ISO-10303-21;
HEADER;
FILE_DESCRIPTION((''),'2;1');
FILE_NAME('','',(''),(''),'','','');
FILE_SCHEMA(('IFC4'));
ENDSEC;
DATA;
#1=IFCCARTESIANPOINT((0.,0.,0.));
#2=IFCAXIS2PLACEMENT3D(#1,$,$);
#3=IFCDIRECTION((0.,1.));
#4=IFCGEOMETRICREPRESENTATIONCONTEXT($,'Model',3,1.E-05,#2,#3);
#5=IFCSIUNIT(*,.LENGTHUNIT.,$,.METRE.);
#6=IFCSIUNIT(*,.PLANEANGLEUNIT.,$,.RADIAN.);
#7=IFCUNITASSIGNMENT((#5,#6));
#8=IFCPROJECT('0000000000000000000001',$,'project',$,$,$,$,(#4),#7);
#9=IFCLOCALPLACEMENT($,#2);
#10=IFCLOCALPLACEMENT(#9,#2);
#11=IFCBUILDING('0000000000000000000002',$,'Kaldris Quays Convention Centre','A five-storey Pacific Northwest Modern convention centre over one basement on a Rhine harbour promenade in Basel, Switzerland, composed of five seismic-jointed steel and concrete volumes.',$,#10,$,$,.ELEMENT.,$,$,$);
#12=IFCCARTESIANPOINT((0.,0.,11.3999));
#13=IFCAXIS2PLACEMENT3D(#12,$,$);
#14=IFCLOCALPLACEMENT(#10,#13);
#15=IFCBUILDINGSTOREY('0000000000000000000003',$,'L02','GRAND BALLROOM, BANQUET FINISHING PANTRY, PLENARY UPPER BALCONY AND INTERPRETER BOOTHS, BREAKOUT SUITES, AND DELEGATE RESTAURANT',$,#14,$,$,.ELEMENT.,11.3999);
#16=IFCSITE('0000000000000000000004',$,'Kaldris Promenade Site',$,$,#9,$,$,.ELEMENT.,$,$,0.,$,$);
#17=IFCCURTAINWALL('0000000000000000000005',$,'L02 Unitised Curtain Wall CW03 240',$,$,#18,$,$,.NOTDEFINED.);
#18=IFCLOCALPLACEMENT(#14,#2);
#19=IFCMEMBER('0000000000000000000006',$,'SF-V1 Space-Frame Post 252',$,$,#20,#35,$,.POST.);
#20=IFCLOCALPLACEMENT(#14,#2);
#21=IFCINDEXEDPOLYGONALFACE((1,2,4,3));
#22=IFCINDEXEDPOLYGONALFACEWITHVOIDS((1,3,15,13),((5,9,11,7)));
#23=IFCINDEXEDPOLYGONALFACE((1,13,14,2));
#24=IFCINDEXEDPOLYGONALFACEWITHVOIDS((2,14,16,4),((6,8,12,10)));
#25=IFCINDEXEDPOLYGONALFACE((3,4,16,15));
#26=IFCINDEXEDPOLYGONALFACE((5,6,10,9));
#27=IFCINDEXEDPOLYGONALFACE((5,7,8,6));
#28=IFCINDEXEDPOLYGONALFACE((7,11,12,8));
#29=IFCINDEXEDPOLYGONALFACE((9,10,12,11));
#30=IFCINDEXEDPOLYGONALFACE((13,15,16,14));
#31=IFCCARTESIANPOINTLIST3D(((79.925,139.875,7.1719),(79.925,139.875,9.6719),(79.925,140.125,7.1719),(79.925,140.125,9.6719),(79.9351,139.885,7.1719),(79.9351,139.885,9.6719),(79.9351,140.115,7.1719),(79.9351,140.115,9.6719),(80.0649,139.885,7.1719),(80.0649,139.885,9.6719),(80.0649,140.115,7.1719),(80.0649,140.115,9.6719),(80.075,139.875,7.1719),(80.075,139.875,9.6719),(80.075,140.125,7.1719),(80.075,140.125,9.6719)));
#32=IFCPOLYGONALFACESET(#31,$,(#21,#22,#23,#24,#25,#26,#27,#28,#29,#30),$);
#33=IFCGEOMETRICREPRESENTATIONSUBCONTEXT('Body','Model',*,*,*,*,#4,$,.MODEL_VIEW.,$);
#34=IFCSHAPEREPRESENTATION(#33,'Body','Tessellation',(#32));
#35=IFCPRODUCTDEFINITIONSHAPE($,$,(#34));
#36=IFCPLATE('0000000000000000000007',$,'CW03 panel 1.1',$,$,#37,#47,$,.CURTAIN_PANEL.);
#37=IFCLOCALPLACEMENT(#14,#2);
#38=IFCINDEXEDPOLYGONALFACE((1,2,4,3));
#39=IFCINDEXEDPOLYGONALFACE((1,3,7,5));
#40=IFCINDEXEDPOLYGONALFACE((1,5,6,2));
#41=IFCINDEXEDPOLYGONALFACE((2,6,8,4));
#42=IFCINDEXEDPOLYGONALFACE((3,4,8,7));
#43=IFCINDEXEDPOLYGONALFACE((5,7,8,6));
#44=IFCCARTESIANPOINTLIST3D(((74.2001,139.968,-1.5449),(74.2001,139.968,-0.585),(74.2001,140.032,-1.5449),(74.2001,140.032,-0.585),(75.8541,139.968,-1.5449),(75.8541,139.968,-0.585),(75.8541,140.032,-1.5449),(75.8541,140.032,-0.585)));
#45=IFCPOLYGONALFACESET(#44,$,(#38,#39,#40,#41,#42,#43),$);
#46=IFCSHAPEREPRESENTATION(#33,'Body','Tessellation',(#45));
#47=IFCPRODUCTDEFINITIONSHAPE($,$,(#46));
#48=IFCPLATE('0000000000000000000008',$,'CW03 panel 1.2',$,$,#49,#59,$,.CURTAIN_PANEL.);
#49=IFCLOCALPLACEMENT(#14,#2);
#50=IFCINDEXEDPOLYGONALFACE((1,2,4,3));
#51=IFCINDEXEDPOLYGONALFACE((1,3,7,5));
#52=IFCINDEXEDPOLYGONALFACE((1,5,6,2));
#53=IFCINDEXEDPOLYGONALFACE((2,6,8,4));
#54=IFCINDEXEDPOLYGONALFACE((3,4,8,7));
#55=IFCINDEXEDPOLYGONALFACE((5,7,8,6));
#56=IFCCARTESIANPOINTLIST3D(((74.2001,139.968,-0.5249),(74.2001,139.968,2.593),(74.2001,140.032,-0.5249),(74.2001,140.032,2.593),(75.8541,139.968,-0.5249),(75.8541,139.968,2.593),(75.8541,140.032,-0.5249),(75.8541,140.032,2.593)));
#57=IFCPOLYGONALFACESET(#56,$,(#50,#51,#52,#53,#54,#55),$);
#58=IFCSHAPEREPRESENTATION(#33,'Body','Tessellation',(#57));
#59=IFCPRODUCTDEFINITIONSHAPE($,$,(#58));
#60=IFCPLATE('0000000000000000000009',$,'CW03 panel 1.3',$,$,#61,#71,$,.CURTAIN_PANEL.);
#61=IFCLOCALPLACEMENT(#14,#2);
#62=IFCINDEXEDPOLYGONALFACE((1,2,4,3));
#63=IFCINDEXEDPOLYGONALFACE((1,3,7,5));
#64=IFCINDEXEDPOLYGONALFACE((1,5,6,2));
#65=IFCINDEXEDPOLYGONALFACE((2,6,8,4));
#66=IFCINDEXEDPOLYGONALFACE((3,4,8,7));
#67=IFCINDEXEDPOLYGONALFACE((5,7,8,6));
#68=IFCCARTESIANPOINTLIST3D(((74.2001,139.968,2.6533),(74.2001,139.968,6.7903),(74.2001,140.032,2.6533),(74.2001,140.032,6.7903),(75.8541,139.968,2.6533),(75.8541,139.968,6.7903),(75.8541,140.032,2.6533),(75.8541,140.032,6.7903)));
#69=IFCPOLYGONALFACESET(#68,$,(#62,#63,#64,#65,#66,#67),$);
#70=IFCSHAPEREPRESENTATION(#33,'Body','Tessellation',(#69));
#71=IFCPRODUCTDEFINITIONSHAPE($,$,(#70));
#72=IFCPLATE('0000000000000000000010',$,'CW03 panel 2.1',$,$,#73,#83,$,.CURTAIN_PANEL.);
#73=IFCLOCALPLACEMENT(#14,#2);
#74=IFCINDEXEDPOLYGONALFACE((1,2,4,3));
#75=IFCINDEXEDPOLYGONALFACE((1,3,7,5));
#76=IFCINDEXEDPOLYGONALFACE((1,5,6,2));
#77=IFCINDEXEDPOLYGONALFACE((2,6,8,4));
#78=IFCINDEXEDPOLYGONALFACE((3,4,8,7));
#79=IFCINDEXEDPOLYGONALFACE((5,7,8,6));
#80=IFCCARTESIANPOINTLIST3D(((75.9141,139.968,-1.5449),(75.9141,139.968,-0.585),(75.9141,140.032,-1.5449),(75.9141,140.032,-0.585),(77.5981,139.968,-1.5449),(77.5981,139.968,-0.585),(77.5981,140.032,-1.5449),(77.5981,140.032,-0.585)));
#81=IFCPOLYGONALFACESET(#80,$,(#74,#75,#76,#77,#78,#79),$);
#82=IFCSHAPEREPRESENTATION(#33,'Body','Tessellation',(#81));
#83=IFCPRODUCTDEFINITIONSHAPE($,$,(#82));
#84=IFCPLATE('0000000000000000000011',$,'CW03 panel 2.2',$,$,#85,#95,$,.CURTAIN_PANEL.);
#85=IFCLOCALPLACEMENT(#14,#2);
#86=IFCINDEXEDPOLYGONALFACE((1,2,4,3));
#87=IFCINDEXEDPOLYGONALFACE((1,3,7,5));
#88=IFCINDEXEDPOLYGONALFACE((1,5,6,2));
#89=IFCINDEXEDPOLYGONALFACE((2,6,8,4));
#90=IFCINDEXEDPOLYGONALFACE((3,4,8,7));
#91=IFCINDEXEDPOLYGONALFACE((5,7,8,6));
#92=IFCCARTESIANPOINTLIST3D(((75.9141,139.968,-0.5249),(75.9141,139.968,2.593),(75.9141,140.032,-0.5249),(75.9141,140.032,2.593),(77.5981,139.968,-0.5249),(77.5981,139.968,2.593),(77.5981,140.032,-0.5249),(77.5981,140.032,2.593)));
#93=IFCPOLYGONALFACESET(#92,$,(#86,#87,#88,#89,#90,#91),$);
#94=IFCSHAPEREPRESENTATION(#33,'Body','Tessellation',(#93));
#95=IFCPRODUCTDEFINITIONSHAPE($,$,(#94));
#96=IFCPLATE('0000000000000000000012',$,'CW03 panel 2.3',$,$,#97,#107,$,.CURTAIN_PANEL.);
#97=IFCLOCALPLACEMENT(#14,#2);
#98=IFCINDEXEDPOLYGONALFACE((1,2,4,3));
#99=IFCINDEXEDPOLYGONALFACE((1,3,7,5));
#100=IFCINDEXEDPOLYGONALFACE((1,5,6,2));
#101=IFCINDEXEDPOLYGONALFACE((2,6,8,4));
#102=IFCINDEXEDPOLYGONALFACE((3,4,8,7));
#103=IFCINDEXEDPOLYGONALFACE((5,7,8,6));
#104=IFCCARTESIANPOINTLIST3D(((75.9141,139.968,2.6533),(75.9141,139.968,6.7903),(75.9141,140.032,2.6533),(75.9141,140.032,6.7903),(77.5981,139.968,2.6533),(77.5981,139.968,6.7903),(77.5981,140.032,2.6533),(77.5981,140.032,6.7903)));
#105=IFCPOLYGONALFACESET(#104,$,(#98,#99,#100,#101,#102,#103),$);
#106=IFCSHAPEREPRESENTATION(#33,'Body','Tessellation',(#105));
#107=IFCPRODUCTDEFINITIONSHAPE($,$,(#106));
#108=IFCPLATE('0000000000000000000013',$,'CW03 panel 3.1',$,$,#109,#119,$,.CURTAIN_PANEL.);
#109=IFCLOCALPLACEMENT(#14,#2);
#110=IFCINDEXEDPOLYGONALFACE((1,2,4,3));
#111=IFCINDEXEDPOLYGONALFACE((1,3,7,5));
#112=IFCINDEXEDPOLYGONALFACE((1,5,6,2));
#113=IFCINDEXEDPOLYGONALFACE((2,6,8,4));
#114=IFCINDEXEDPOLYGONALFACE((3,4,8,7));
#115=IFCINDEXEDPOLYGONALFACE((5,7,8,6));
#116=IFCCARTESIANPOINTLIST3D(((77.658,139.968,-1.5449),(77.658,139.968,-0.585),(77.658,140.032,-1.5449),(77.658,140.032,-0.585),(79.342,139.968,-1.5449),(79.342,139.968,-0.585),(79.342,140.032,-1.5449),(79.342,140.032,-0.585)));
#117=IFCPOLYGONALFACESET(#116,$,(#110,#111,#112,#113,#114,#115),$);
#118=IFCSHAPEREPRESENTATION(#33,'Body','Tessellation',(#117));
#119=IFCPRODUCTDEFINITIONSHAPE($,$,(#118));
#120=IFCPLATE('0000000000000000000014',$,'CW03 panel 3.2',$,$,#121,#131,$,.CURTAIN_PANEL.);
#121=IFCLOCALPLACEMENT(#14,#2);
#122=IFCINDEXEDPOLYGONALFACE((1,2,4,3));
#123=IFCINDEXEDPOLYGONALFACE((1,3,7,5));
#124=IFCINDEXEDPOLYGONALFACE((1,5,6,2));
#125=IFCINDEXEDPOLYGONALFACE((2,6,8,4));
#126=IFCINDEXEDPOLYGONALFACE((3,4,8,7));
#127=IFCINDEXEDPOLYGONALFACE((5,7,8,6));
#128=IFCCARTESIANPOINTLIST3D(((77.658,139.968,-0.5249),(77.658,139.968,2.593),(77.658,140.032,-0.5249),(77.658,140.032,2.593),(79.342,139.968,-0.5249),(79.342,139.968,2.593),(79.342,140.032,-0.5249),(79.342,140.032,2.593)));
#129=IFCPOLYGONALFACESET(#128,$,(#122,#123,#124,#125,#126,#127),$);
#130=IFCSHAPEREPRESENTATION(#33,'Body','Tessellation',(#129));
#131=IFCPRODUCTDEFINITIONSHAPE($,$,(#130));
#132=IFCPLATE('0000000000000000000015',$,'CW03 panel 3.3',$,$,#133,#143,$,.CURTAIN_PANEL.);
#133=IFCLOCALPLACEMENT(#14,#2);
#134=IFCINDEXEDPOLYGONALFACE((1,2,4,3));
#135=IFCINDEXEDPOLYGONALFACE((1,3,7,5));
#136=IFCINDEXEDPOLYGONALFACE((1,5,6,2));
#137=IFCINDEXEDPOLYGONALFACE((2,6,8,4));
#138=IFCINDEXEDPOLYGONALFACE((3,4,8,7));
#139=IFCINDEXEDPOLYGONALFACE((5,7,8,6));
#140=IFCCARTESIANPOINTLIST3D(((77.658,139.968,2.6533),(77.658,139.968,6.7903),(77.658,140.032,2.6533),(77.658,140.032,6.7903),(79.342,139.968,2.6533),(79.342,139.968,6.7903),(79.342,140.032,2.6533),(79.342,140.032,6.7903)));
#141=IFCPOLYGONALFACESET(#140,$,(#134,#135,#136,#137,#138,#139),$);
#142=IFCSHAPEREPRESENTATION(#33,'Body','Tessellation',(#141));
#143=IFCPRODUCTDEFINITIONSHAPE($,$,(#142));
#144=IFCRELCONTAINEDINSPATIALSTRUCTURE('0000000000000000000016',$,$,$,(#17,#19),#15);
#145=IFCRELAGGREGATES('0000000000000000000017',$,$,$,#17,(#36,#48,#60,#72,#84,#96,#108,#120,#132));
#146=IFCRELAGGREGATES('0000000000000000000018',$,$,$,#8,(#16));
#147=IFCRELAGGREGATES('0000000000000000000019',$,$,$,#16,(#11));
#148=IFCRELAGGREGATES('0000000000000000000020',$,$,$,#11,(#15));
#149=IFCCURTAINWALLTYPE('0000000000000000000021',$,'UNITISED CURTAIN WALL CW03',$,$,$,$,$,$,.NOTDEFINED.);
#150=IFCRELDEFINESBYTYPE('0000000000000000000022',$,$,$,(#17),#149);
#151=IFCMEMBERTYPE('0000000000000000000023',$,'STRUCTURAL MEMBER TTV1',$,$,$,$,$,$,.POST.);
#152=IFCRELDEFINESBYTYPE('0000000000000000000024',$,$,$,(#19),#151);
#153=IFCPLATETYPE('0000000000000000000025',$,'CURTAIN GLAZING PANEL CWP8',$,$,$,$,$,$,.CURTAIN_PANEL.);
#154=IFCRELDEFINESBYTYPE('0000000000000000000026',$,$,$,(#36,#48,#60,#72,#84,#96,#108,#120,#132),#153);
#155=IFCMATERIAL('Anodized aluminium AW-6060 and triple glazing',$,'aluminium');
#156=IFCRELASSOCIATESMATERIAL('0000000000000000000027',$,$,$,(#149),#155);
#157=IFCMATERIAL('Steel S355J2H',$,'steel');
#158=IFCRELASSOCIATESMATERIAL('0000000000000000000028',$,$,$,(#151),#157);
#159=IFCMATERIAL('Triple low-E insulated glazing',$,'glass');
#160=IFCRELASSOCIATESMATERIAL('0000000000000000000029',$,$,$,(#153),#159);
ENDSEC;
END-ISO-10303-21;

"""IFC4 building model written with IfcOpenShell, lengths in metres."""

from ifc_helpers import new_model, si_unit, direction, frame, origin, origin_2d, place, context, subcontext, project, spatial, rectangle, hollow_rectangle, extrude, material, material_profile, profile_set, type_object, element, aggregate, save


model = new_model("IFC4")

# Units and contexts
model_context = context("Model", 3, precision=1e-05, world=origin(), true_north=direction((0.0, 1.0)))
body_context = subcontext(model_context, "Body", "Model", "MODEL_VIEW")
ifc_project = project(units=[si_unit("LENGTHUNIT", "METRE"), si_unit("PLANEANGLEUNIT", "RADIAN")], contexts=[model_context])

# Site, building, storey
site_placement = place(None, origin())
site = spatial("IfcSite", under=ifc_project, at=site_placement, Name="Kaldris Promenade Site", CompositionType="ELEMENT", RefElevation=0.0)
building_placement = place(site_placement, origin())
building = spatial("IfcBuilding", under=site, at=building_placement, Name="Kaldris Quays Convention Centre", Description="A five-storey Pacific Northwest Modern convention centre over one basement on a Rhine harbour promenade in Basel, Switzerland, composed of five seismic-jointed steel and concrete volumes.", CompositionType="ELEMENT")
storey_placement = place(building_placement, frame((0.0, 0.0, 11.3999)))
storey = spatial("IfcBuildingStorey", under=building, at=storey_placement, Name="L02", Description="GRAND BALLROOM, BANQUET FINISHING PANTRY, PLENARY UPPER BALCONY AND INTERPRETER BOOTHS, BREAKOUT SUITES, AND DELEGATE RESTAURANT", CompositionType="ELEMENT", Elevation=11.3999)

# Curtain wall
ifc_material_1 = material(Name="Anodized aluminium AW-6060 and triple glazing", Category="aluminium")
curtain_wall_type = type_object("IfcCurtainWallType", Name="UNITISED CURTAIN WALL CW03", PredefinedType="NOTDEFINED", material=ifc_material_1)
curtain_wall_placement = place(storey_placement, origin())
curtain_wall = element("IfcCurtainWall", 1, at=curtain_wall_placement, inside=storey, type_object=curtain_wall_type, Name="L02 Unitised Curtain Wall CW03 240", PredefinedType="NOTDEFINED")

# Member
ifc_material_2 = material(Name="Steel S355J2H", Category="steel")
ifc_material_profile_1 = material_profile(ifc_material_2, hollow_rectangle(XDim=0.1499, YDim=0.25, WallThickness=0.01, at=origin_2d()), Name="RHS 250x150x10")
ifc_profile_set_1 = profile_set([ifc_material_profile_1], Name="Steel S355J2H")
member_type_1 = type_object("IfcMemberType", Name="STRUCTURAL MEMBER TTV1", PredefinedType="POST", material=ifc_profile_set_1)
for number, where, z_axis, x_axis, name in (
    (2, (80.0, 140.0, 7.1719), (0.0, 0.0, 1.0), (1.0, 0.0, 0.0), "SF-V1 Space-Frame Post 252"),
):
    element("IfcMember", number, at=place(storey_placement, frame(where, z_axis=z_axis, x_axis=x_axis)), inside=storey, type_object=member_type_1, Name=name, PredefinedType="POST", context=body_context, shape_type="SweptSolid", body=[
        extrude(hollow_rectangle(XDim=0.1499, YDim=0.25, WallThickness=0.01, at=origin_2d()), origin(), (0.0, 0.0, 1.0), 2.5),
    ])

# Plates
ifc_material_3 = material(Name="Triple low-E insulated glazing", Category="glass")
plate_type = type_object("IfcPlateType", Name="CURTAIN GLAZING PANEL CWP8", PredefinedType="CURTAIN_PANEL", material=ifc_material_3)
plate_1_placement = place(storey_placement, frame((75.0271, 140.0, -1.5449), z_axis=(0.0, 0.0, 1.0), x_axis=(1.0, 0.0, 0.0)))
plate_1 = element("IfcPlate", 3, at=plate_1_placement, type_object=plate_type, Name="CW03 panel 1.1", PredefinedType="CURTAIN_PANEL", context=body_context, shape_type="SweptSolid", body=[
    extrude(rectangle(XDim=1.6541, YDim=0.064, at=origin_2d()), origin(), (0.0, 0.0, 1.0), 0.96),
])
plate_2_placement = place(storey_placement, frame((75.0271, 140.0, -0.5249), z_axis=(0.0, 0.0, 1.0), x_axis=(1.0, 0.0, 0.0)))
plate_2 = element("IfcPlate", 4, at=plate_2_placement, type_object=plate_type, Name="CW03 panel 1.2", PredefinedType="CURTAIN_PANEL", context=body_context, shape_type="SweptSolid", body=[
    extrude(rectangle(XDim=1.6541, YDim=0.064, at=origin_2d()), origin(), (0.0, 0.0, 1.0), 3.1179),
])
plate_3_placement = place(storey_placement, frame((75.0271, 140.0, 2.6533), z_axis=(0.0, 0.0, 1.0), x_axis=(1.0, 0.0, 0.0)))
plate_3 = element("IfcPlate", 5, at=plate_3_placement, type_object=plate_type, Name="CW03 panel 1.3", PredefinedType="CURTAIN_PANEL", context=body_context, shape_type="SweptSolid", body=[
    extrude(rectangle(XDim=1.6541, YDim=0.064, at=origin_2d()), origin(), (0.0, 0.0, 1.0), 4.137),
])
plate_4_placement = place(storey_placement, frame((76.7561, 140.0, -1.5449), z_axis=(0.0, 0.0, 1.0), x_axis=(1.0, 0.0, 0.0)))
plate_4 = element("IfcPlate", 6, at=plate_4_placement, type_object=plate_type, Name="CW03 panel 2.1", PredefinedType="CURTAIN_PANEL", context=body_context, shape_type="SweptSolid", body=[
    extrude(rectangle(XDim=1.6841, YDim=0.064, at=origin_2d()), origin(), (0.0, 0.0, 1.0), 0.96),
])
plate_5_placement = place(storey_placement, frame((76.7561, 140.0, -0.5249), z_axis=(0.0, 0.0, 1.0), x_axis=(1.0, 0.0, 0.0)))
plate_5 = element("IfcPlate", 7, at=plate_5_placement, type_object=plate_type, Name="CW03 panel 2.2", PredefinedType="CURTAIN_PANEL", context=body_context, shape_type="SweptSolid", body=[
    extrude(rectangle(XDim=1.6841, YDim=0.064, at=origin_2d()), origin(), (0.0, 0.0, 1.0), 3.1179),
])
plate_6_placement = place(storey_placement, frame((76.7561, 140.0, 2.6533), z_axis=(0.0, 0.0, 1.0), x_axis=(1.0, 0.0, 0.0)))
plate_6 = element("IfcPlate", 8, at=plate_6_placement, type_object=plate_type, Name="CW03 panel 2.3", PredefinedType="CURTAIN_PANEL", context=body_context, shape_type="SweptSolid", body=[
    extrude(rectangle(XDim=1.6841, YDim=0.064, at=origin_2d()), origin(), (0.0, 0.0, 1.0), 4.137),
])
plate_7_placement = place(storey_placement, frame((78.5, 140.0, -1.5449), z_axis=(0.0, 0.0, 1.0), x_axis=(1.0, 0.0, 0.0)))
plate_7 = element("IfcPlate", 9, at=plate_7_placement, type_object=plate_type, Name="CW03 panel 3.1", PredefinedType="CURTAIN_PANEL", context=body_context, shape_type="SweptSolid", body=[
    extrude(rectangle(XDim=1.6841, YDim=0.064, at=origin_2d()), origin(), (0.0, 0.0, 1.0), 0.96),
])
plate_8_placement = place(storey_placement, frame((78.5, 140.0, -0.5249), z_axis=(0.0, 0.0, 1.0), x_axis=(1.0, 0.0, 0.0)))
plate_8 = element("IfcPlate", 10, at=plate_8_placement, type_object=plate_type, Name="CW03 panel 3.2", PredefinedType="CURTAIN_PANEL", context=body_context, shape_type="SweptSolid", body=[
    extrude(rectangle(XDim=1.6841, YDim=0.064, at=origin_2d()), origin(), (0.0, 0.0, 1.0), 3.1179),
])
plate_9_placement = place(storey_placement, frame((78.5, 140.0, 2.6533), z_axis=(0.0, 0.0, 1.0), x_axis=(1.0, 0.0, 0.0)))
plate_9 = element("IfcPlate", 11, at=plate_9_placement, type_object=plate_type, Name="CW03 panel 3.3", PredefinedType="CURTAIN_PANEL", context=body_context, shape_type="SweptSolid", body=[
    extrude(rectangle(XDim=1.6841, YDim=0.064, at=origin_2d()), origin(), (0.0, 0.0, 1.0), 4.137),
])
aggregate(curtain_wall, [plate_1, plate_2, plate_3, plate_4, plate_5, plate_6, plate_7, plate_8, plate_9])

save(model, "model.ifc")
